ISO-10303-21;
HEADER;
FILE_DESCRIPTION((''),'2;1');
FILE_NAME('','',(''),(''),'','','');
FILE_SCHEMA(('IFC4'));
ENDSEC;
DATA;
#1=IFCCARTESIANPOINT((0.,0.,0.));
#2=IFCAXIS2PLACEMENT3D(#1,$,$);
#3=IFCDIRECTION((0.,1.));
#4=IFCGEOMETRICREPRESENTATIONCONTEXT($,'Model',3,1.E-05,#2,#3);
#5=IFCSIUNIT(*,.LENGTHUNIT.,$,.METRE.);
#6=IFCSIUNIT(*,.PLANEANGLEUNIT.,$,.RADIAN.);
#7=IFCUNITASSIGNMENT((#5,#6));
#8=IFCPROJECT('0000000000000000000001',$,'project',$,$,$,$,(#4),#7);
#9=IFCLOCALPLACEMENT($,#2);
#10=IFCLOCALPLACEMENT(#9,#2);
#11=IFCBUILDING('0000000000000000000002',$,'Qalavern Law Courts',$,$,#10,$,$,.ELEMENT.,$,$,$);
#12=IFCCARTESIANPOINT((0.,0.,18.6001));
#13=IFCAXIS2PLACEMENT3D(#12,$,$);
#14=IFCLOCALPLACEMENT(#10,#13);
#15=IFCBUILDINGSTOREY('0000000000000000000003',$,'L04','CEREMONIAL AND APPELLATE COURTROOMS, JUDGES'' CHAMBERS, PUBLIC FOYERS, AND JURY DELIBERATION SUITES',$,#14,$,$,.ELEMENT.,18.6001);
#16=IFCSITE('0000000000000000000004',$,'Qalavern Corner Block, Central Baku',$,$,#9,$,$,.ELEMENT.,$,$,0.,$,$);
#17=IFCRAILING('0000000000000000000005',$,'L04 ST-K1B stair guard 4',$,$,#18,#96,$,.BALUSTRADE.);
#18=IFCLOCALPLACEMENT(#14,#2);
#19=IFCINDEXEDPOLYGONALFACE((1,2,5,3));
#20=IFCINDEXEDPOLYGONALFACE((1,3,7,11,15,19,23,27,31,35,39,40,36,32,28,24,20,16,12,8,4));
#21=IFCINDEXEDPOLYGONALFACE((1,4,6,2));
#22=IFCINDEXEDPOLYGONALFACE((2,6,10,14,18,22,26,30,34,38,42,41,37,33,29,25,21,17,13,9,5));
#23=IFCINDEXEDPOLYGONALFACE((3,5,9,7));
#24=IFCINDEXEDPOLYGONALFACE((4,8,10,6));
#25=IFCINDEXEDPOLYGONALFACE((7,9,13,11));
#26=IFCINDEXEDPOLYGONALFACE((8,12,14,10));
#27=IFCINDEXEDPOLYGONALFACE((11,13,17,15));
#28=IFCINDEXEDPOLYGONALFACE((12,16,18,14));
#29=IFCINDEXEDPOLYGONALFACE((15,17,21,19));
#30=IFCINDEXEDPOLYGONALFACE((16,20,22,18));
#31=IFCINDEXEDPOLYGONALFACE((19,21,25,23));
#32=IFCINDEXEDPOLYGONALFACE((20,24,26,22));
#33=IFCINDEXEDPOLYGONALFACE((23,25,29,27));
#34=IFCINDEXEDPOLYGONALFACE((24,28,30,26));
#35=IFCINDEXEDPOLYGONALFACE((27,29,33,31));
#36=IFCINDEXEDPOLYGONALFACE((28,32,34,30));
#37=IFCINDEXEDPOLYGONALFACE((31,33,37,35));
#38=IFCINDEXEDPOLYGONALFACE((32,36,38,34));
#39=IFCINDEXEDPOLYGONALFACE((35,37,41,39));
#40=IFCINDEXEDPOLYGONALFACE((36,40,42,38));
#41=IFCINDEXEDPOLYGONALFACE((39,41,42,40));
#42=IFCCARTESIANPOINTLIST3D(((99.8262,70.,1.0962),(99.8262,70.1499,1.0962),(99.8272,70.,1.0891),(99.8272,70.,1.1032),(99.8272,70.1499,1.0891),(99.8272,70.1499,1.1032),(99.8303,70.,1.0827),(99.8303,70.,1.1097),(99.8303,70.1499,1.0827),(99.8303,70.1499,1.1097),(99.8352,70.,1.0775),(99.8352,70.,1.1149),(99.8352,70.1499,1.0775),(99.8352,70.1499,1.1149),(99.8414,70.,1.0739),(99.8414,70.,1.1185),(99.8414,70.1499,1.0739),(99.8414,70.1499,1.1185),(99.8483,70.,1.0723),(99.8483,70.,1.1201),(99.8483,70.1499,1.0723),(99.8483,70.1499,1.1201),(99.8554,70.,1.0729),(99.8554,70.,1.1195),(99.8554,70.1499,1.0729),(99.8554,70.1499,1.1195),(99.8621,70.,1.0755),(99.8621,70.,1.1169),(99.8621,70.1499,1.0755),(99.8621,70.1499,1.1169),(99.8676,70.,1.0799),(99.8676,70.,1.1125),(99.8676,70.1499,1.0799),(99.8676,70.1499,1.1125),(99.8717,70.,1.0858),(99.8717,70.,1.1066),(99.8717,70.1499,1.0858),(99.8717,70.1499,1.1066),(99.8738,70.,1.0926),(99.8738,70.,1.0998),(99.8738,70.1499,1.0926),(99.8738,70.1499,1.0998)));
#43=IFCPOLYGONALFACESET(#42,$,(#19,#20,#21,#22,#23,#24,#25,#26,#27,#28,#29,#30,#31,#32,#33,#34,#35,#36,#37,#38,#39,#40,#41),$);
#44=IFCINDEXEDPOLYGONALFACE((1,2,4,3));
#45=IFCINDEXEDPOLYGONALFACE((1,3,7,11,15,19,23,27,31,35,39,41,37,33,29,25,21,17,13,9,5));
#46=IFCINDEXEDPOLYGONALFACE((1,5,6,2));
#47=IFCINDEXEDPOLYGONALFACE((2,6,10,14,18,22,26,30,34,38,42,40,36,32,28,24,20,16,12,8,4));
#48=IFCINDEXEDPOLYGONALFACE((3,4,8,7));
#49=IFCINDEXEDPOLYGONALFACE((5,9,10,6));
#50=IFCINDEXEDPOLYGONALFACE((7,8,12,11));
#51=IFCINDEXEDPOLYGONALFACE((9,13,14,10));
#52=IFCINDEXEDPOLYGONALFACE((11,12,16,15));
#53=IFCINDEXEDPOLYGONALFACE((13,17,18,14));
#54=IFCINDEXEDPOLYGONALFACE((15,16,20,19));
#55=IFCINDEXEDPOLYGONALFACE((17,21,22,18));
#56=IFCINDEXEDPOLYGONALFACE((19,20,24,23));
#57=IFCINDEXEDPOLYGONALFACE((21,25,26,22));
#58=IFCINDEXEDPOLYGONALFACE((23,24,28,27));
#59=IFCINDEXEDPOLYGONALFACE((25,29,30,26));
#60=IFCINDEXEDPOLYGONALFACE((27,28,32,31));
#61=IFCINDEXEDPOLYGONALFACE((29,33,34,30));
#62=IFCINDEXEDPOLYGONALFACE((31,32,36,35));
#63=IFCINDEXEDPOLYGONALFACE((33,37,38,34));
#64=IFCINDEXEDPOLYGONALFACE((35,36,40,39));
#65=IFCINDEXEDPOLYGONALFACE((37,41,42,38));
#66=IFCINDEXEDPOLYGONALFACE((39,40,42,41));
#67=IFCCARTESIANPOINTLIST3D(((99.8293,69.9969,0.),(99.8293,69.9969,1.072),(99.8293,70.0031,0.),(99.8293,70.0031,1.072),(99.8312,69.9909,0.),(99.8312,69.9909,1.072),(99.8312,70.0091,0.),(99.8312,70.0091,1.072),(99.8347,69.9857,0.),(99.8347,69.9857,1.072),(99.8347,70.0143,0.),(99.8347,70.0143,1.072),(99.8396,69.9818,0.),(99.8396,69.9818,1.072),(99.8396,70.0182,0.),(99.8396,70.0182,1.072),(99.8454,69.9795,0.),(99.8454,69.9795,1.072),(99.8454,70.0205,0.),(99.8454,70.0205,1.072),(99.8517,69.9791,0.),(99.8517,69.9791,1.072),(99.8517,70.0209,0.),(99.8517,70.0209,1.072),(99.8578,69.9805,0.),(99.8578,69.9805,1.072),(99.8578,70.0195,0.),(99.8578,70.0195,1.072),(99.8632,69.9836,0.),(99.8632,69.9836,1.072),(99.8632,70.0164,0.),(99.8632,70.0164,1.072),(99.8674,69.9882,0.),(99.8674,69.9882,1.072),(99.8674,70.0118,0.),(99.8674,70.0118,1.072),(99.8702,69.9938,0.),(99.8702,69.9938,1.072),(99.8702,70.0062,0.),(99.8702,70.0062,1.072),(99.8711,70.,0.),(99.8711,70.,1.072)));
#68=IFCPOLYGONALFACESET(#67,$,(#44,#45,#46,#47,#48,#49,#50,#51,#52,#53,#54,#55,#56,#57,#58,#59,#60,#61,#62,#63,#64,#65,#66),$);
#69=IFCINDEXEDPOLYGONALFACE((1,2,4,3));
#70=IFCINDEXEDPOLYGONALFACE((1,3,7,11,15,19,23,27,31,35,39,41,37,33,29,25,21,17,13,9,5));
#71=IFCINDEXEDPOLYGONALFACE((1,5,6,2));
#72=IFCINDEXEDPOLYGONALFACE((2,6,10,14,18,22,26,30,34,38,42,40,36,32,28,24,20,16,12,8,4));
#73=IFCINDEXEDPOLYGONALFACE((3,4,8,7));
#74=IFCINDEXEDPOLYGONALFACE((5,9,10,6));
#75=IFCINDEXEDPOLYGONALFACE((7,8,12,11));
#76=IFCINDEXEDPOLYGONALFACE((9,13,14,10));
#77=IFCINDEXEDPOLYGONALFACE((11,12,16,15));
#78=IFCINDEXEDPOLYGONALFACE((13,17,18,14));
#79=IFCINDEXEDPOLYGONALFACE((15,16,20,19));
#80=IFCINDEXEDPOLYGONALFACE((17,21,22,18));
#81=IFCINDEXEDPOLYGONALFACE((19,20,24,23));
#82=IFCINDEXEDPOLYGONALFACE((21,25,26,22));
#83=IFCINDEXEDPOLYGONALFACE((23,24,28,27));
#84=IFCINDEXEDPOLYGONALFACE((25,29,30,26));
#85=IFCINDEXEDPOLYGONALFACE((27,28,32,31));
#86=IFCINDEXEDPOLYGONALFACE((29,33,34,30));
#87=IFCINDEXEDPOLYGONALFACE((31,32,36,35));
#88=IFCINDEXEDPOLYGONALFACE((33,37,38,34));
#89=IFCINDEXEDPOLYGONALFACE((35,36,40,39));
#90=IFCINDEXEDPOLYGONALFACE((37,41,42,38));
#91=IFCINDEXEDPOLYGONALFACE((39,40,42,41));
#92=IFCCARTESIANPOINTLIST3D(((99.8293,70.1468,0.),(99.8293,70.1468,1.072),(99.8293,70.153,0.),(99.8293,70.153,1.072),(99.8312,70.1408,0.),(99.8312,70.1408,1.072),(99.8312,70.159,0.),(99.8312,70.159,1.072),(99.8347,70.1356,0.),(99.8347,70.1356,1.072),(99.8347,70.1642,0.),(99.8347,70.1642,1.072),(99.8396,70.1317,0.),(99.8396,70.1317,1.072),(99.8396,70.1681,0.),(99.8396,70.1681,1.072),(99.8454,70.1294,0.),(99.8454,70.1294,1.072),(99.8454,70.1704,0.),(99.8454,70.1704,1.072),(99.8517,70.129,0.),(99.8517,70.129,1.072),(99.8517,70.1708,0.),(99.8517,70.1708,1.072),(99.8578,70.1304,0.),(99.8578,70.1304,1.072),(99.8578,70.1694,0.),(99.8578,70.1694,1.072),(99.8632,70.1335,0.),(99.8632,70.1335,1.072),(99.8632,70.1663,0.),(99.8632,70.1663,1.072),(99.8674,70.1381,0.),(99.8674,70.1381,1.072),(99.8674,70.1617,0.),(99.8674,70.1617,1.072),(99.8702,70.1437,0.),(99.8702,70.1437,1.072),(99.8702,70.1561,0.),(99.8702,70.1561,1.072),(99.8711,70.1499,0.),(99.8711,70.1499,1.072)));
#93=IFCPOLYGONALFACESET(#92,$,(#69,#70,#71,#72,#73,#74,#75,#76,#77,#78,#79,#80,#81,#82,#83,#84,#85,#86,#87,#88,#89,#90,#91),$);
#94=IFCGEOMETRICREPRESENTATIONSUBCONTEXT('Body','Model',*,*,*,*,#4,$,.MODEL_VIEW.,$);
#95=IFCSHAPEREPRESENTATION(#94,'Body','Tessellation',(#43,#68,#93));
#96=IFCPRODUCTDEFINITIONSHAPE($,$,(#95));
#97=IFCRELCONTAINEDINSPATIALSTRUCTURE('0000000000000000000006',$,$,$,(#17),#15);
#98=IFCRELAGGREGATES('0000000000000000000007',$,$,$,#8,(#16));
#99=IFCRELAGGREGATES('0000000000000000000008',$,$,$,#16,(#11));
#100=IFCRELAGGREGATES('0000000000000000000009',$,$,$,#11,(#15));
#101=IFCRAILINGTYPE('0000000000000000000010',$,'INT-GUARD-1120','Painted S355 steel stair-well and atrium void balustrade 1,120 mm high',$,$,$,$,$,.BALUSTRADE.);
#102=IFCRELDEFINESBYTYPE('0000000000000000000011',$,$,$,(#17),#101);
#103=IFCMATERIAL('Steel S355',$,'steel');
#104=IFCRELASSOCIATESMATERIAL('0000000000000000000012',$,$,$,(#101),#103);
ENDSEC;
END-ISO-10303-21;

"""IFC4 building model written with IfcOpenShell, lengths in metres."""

from ifc_helpers import new_model, si_unit, direction, frame, origin, origin_2d, place, context, subcontext, project, spatial, circle, extrude, material, type_object, element, save


model = new_model("IFC4")

# Units and contexts
model_context = context("Model", 3, precision=1e-05, world=origin(), true_north=direction((0.0, 1.0)))
body_context = subcontext(model_context, "Body", "Model", "MODEL_VIEW")
ifc_project = project(units=[si_unit("LENGTHUNIT", "METRE"), si_unit("PLANEANGLEUNIT", "RADIAN")], contexts=[model_context])

# Site, building, storey
site_placement = place(None, origin())
site = spatial("IfcSite", under=ifc_project, at=site_placement, Name="Qalavern Corner Block, Central Baku", CompositionType="ELEMENT", RefElevation=0.0)
building_placement = place(site_placement, origin())
building = spatial("IfcBuilding", under=site, at=building_placement, Name="Qalavern Law Courts", CompositionType="ELEMENT")
storey_placement = place(building_placement, frame((0.0, 0.0, 18.6001)))
storey = spatial("IfcBuildingStorey", under=building, at=storey_placement, Name="L04", Description="CEREMONIAL AND APPELLATE COURTROOMS, JUDGES' CHAMBERS, PUBLIC FOYERS, AND JURY DELIBERATION SUITES", CompositionType="ELEMENT", Elevation=18.6001)

# Shared definitions
ifc_material_1 = material(Name="Steel S355", Category="steel")

# Railing
railing_type_1 = type_object("IfcRailingType", Name="INT-GUARD-1120", Description="Painted S355 steel stair-well and atrium void balustrade 1,120 mm high", PredefinedType="BALUSTRADE", material=ifc_material_1)
railing_1_placement = place(storey_placement, frame((99.8501, 70.0, 0.0)))
element("IfcRailing", 1, at=railing_1_placement, inside=storey, type_object=railing_type_1, Name="L04 ST-K1B stair guard 4", PredefinedType="BALUSTRADE", context=body_context, shape_type="SweptSolid", body=[
    extrude(circle(Radius=0.0239, at=origin_2d()), frame((0.0, 0.0, 1.0962), z_axis=(0.0, 1.0, 0.0), x_axis=(-1.0, 0.0, 0.0)), (0.0, 0.0, 1.0), 0.1499),
    extrude(circle(Radius=0.021, at=origin_2d()), origin(), (0.0, 0.0, 1.0), 1.072),
    extrude(circle(Radius=0.021, at=origin_2d()), frame((0.0, 0.1499, 0.0)), (0.0, 0.0, 1.0), 1.072),
])

save(model, "model.ifc")
